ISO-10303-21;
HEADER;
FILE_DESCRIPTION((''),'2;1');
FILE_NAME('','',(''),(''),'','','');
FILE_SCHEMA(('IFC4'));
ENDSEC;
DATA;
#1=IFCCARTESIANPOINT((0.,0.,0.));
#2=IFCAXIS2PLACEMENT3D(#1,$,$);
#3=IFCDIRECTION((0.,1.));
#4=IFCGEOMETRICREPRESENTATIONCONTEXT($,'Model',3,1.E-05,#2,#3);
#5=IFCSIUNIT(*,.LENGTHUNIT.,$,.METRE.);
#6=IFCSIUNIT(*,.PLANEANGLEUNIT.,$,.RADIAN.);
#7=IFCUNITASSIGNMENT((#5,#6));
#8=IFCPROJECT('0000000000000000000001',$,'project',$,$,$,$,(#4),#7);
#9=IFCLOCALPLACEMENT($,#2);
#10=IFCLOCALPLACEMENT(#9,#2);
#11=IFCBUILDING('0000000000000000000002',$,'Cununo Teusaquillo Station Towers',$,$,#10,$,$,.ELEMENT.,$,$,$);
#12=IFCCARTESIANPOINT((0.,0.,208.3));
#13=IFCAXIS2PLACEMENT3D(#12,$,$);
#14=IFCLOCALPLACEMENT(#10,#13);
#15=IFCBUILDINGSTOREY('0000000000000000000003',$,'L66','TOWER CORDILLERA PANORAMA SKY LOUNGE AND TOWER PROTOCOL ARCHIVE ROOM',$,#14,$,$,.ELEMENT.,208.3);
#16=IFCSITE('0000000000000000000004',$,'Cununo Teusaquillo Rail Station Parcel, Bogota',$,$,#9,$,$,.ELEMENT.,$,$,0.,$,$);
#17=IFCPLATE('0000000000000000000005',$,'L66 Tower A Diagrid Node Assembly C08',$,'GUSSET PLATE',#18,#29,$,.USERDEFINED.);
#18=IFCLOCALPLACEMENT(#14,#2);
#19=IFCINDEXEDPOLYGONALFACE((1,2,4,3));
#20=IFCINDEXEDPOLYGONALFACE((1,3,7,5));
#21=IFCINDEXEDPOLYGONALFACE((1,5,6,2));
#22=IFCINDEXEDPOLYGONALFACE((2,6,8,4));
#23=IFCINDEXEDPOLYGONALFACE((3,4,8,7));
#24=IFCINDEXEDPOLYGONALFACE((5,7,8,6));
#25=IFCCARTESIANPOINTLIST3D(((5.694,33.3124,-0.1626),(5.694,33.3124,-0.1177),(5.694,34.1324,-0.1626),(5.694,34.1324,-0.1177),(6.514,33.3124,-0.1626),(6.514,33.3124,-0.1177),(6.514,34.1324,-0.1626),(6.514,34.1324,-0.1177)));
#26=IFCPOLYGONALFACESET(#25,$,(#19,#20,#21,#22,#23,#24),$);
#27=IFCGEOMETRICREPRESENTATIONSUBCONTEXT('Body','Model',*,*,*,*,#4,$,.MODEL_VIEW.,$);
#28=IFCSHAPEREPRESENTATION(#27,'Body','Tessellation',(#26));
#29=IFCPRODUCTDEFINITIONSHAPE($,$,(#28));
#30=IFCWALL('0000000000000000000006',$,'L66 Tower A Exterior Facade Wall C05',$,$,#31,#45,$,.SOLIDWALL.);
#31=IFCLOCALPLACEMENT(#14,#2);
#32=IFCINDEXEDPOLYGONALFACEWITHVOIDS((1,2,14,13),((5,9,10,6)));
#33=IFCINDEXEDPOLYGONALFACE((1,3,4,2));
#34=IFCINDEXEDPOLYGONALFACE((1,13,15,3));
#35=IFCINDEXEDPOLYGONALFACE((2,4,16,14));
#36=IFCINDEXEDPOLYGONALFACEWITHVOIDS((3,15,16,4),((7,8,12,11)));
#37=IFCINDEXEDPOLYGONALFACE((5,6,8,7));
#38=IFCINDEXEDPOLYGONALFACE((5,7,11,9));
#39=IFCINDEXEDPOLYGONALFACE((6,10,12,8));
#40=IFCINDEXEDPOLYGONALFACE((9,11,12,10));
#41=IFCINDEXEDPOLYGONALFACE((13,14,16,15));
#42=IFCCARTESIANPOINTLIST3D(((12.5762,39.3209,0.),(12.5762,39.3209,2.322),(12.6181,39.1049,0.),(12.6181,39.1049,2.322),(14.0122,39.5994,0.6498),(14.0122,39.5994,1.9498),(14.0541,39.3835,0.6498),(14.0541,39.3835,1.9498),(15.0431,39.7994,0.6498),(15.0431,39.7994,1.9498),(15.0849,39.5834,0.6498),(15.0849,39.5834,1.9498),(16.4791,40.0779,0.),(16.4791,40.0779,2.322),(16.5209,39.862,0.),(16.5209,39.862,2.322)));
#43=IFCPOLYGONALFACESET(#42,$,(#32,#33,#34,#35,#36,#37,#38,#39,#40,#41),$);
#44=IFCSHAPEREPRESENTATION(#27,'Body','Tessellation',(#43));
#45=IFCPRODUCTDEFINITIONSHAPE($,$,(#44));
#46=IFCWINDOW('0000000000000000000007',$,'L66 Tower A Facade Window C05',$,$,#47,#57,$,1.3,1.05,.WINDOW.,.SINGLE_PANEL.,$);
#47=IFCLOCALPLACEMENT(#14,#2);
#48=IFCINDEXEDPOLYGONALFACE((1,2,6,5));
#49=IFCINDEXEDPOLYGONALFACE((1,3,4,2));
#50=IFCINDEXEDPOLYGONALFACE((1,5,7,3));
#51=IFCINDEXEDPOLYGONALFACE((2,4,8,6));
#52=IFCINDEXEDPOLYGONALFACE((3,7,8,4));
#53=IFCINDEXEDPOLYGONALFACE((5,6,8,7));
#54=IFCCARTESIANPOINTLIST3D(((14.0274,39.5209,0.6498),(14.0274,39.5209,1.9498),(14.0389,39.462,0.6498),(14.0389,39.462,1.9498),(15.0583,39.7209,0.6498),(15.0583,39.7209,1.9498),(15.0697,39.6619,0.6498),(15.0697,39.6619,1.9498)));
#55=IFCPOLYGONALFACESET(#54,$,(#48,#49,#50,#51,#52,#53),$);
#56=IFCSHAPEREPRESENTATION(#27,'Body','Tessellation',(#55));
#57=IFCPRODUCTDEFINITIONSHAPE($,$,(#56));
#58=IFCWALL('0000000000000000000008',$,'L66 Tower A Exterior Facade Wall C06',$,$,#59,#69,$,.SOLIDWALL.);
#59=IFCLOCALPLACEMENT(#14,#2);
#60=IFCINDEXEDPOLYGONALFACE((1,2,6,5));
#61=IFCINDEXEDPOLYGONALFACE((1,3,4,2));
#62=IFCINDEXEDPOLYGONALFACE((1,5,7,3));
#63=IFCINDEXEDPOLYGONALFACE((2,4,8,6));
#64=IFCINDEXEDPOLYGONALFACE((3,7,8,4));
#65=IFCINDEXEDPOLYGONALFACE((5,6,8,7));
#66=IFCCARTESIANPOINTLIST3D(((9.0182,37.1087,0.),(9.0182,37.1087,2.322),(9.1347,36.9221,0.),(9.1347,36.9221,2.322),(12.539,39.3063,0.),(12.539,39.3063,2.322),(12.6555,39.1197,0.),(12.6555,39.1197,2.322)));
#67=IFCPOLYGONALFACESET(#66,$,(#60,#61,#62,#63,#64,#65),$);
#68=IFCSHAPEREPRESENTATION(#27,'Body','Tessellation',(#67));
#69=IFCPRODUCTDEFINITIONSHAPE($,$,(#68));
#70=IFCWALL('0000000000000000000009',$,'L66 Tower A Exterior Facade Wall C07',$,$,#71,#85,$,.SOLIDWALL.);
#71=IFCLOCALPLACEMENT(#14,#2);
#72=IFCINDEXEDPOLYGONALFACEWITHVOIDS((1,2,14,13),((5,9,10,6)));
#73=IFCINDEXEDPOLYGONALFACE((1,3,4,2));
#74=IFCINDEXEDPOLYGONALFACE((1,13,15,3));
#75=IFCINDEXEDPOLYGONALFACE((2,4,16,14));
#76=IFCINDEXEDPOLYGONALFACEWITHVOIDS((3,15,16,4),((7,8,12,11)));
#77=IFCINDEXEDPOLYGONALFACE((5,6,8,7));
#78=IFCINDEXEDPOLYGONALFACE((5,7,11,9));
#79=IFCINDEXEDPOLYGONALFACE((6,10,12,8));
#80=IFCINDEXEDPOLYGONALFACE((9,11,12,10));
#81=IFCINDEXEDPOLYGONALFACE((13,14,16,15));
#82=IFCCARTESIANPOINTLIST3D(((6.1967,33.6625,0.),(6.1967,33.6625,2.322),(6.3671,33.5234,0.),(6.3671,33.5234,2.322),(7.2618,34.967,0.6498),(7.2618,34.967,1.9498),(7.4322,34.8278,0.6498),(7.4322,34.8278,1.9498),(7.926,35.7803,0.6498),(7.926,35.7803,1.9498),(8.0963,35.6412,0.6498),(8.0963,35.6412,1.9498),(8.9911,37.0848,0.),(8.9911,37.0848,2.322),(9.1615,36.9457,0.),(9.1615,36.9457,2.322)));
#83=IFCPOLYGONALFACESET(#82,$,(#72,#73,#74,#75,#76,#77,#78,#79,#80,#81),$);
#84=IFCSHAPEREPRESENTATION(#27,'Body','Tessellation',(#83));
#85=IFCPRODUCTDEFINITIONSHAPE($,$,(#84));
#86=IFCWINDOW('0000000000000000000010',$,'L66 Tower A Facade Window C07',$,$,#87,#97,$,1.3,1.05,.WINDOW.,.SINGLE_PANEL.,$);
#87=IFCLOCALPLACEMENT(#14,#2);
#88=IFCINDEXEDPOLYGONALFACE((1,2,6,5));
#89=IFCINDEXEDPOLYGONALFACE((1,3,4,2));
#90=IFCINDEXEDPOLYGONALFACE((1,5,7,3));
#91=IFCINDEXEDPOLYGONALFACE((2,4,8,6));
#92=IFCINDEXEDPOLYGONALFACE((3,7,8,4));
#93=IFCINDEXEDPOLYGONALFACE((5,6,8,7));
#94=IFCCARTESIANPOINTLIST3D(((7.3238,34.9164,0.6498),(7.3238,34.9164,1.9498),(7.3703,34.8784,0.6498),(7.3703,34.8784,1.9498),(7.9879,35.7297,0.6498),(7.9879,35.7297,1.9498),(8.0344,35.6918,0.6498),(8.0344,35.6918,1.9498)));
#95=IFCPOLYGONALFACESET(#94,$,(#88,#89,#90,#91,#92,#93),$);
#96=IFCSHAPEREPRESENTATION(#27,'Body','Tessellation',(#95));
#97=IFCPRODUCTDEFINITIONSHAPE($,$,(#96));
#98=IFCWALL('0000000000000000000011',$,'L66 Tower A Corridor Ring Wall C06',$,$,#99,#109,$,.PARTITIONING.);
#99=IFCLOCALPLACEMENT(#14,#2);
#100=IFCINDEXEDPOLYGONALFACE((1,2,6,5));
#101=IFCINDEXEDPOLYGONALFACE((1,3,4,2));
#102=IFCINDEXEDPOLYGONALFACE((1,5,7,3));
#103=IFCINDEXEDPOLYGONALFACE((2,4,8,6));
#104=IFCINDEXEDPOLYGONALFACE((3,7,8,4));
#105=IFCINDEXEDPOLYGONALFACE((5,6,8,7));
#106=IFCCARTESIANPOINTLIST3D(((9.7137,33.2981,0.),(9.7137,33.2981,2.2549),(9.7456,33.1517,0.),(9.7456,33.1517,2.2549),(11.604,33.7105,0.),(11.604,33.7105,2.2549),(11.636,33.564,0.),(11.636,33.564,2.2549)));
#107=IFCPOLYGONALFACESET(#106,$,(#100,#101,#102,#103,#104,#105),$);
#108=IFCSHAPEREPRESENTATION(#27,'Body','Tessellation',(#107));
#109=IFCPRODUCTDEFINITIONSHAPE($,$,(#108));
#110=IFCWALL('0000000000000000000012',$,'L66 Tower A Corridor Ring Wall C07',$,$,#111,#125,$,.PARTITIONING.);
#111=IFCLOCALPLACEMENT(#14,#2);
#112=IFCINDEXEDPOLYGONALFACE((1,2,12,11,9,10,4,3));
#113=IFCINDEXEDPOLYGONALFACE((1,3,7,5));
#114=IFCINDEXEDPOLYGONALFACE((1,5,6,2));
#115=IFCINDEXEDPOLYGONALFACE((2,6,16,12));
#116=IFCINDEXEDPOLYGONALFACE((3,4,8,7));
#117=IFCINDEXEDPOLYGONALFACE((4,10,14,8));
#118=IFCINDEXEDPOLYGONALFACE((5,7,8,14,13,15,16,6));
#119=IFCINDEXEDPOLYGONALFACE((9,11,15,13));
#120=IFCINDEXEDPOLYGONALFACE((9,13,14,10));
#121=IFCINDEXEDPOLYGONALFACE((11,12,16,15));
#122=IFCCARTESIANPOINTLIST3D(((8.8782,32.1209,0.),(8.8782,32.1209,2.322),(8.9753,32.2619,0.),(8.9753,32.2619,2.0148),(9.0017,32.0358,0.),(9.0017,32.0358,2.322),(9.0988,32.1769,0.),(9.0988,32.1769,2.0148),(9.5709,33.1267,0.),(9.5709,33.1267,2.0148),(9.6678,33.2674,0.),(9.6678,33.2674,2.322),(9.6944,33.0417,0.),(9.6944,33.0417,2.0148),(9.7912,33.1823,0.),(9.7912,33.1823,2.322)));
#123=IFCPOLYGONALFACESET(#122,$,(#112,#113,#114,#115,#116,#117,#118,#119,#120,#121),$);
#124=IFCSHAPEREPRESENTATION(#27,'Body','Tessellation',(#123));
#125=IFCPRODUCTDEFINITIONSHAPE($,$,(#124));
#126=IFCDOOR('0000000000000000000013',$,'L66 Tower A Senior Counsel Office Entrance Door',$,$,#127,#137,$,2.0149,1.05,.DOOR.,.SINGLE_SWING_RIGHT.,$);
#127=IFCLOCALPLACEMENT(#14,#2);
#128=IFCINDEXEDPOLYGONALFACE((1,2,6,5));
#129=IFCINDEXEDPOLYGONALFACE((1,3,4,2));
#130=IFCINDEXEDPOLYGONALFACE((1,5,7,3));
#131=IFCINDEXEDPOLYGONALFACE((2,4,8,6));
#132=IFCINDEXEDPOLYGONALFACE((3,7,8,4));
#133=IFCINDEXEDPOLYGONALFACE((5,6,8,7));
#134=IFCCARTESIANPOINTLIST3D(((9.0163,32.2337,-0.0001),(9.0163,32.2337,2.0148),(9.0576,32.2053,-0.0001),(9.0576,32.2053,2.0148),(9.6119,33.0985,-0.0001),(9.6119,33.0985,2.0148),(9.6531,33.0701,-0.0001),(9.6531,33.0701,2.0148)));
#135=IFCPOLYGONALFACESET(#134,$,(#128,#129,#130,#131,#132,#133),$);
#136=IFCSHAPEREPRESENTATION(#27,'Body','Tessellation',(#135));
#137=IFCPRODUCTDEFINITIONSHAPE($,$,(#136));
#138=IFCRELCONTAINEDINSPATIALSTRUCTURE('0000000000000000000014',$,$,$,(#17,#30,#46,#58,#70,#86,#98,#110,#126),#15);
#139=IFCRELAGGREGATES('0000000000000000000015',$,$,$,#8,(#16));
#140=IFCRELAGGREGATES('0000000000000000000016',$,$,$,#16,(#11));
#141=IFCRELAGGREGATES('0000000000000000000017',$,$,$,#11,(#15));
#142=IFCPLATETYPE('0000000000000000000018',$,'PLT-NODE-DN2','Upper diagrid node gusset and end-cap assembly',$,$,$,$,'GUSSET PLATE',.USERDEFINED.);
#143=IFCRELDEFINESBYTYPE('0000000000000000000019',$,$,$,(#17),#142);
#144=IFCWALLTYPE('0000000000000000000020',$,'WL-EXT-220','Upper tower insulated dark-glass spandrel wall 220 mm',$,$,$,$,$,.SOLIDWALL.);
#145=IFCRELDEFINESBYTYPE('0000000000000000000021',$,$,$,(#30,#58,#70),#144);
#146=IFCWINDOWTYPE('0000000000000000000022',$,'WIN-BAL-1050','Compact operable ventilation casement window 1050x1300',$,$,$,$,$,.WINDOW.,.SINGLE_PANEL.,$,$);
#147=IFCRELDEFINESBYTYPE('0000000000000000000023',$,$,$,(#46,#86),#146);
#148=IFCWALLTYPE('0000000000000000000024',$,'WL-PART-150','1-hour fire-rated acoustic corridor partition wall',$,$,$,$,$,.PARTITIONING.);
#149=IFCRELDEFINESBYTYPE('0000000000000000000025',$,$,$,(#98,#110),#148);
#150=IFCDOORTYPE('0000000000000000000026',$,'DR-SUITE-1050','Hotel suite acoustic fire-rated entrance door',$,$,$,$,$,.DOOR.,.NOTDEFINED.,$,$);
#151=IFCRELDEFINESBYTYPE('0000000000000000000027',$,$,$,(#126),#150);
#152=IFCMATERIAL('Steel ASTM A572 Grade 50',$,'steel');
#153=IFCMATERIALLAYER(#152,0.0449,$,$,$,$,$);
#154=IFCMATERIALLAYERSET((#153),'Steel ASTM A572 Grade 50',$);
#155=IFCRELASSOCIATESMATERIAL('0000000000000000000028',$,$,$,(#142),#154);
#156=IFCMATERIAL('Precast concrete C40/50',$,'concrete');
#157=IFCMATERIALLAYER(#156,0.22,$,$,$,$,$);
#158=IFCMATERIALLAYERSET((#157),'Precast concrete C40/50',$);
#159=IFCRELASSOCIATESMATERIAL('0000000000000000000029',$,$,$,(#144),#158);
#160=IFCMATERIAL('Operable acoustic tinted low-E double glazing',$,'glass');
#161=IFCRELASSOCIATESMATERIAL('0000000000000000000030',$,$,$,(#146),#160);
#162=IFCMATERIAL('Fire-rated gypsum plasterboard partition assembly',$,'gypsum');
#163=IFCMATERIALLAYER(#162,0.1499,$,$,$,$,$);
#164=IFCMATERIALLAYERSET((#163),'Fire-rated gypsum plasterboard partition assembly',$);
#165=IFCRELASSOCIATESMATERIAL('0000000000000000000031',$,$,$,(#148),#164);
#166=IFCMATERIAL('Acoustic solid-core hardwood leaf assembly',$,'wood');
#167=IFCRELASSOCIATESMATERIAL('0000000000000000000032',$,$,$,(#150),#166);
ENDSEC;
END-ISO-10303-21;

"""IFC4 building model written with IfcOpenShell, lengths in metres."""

from ifc_helpers import new_model, si_unit, direction, frame, frame_2d, origin, origin_2d, place, context, subcontext, project, spatial, rectangle, extrude, source, transform, mapped, material, layer, layer_set, type_object, element, fill, save


model = new_model("IFC4")

# Units and contexts
model_context = context("Model", 3, precision=1e-05, world=origin(), true_north=direction((0.0, 1.0)))
body_context = subcontext(model_context, "Body", "Model", "MODEL_VIEW")
ifc_project = project(units=[si_unit("LENGTHUNIT", "METRE"), si_unit("PLANEANGLEUNIT", "RADIAN")], contexts=[model_context])

# Site, building, storey
site_placement = place(None, origin())
site = spatial("IfcSite", under=ifc_project, at=site_placement, Name="Cununo Teusaquillo Rail Station Parcel, Bogota", CompositionType="ELEMENT", RefElevation=0.0)
building_placement = place(site_placement, origin())
building = spatial("IfcBuilding", under=site, at=building_placement, Name="Cununo Teusaquillo Station Towers", CompositionType="ELEMENT")
storey_placement = place(building_placement, frame((0.0, 0.0, 208.3)))
storey = spatial("IfcBuildingStorey", under=building, at=storey_placement, Name="L66", Description="TOWER CORDILLERA PANORAMA SKY LOUNGE AND TOWER PROTOCOL ARCHIVE ROOM", CompositionType="ELEMENT", Elevation=208.3)

# Plate
ifc_material_1 = material(Name="Steel ASTM A572 Grade 50", Category="steel")
ifc_layer_1 = layer(ifc_material_1, 0.0449)
ifc_layer_set_1 = layer_set([ifc_layer_1], Name="Steel ASTM A572 Grade 50")
plate_type = type_object("IfcPlateType", Name="PLT-NODE-DN2", Description="Upper diagrid node gusset and end-cap assembly", ElementType="GUSSET PLATE", PredefinedType="USERDEFINED", material=ifc_layer_set_1)
shared_shape_1 = source(origin(), body_context, "Body", "SweptSolid", [
    extrude(rectangle(XDim=0.8201, YDim=0.8201, at=origin_2d()), origin(), (0.0, 0.0, 1.0), 0.0449),
])
for number, where, z_axis, x_axis, name in (
    (1, (6.104, 33.7224, -0.1626), (0.0, 0.0, 1.0), (1.0, 0.0, 0.0), "L66 Tower A Diagrid Node Assembly C08"),
):
    element("IfcPlate", number, at=place(storey_placement, frame(where, z_axis=z_axis, x_axis=x_axis)), inside=storey, type_object=plate_type, Name=name, ObjectType="GUSSET PLATE", PredefinedType="USERDEFINED", context=body_context, shape_type="MappedRepresentation", body=[
        mapped(shared_shape_1, transform((0.0, 0.0, 0.0), x_axis=(1.0, 0.0, 0.0), y_axis=(0.0, 1.0, 0.0), z_axis=(0.0, 0.0, 1.0), scale=1.0)),
    ])

# Wall, opening, window
ifc_material_2 = material(Name="Precast concrete C40/50", Category="concrete")
ifc_layer_2 = layer(ifc_material_2, 0.22)
ifc_layer_set_2 = layer_set([ifc_layer_2], Name="Precast concrete C40/50")
wall_type_1 = type_object("IfcWallType", Name="WL-EXT-220", Description="Upper tower insulated dark-glass spandrel wall 220 mm", PredefinedType="SOLIDWALL", material=ifc_layer_set_2)
wall_1_placement = place(storey_placement, frame((12.5972, 39.2129, 0.0), z_axis=(0.0, 0.0, 1.0), x_axis=(0.9817, 0.190432, 0.0)))
wall_1 = element("IfcWall", 2, at=wall_1_placement, inside=storey, type_object=wall_type_1, Name="L66 Tower A Exterior Facade Wall C05", PredefinedType="SOLIDWALL", context=body_context, shape_type="SweptSolid", body=[
    extrude(rectangle(XDim=3.9756, YDim=0.22, at=frame_2d((1.9878, 0.0))), origin(), (0.0, 0.0, 1.0), 2.322),
])
shared_shape_2 = source(origin(), body_context, "Body", "SweptSolid", [
    extrude(rectangle(XDim=1.05, YDim=1.3, at=frame_2d((0.5249, 0.6499))), frame((0.0, 0.1199, 0.0), z_axis=(0.0, -1.0, 0.0), x_axis=(1.0, 0.0, 0.0)), (0.0, 0.0, 1.0), 0.24),
])
opening_1_placement = place(wall_1_placement, frame((1.4629, 0.0, 0.6499)))
opening_1 = element("IfcOpeningElement", 3, at=opening_1_placement, cuts=wall_1, PredefinedType="OPENING", context=body_context, shape_type="MappedRepresentation", body=[
    mapped(shared_shape_2, transform((0.0, 0.0, 0.0), x_axis=(1.0, 0.0, 0.0), y_axis=(0.0, 1.0, 0.0), z_axis=(0.0, 0.0, 1.0), scale=1.0)),
])
ifc_material_3 = material(Name="Operable acoustic tinted low-E double glazing", Category="glass")
window_type = type_object("IfcWindowType", Name="WIN-BAL-1050", Description="Compact operable ventilation casement window 1050x1300", PartitioningType="SINGLE_PANEL", PredefinedType="WINDOW", material=ifc_material_3)
shared_shape_3 = source(origin(), body_context, "Body", "SweptSolid", [
    extrude(rectangle(XDim=1.05, YDim=1.3, at=frame_2d((0.5249, 0.6499))), frame((0.0, 0.03, 0.0), z_axis=(0.0, -1.0, 0.0), x_axis=(1.0, 0.0, 0.0)), (0.0, 0.0, 1.0), 0.0601),
])
window_1_placement = place(opening_1_placement, origin())
window_1 = element("IfcWindow", 4, at=window_1_placement, inside=storey, type_object=window_type, Name="L66 Tower A Facade Window C05", OverallHeight=1.3, OverallWidth=1.05, PartitioningType="SINGLE_PANEL", PredefinedType="WINDOW", context=body_context, shape_type="MappedRepresentation", body=[
    mapped(shared_shape_3, transform((0.0, 0.0, 0.0), x_axis=(1.0, 0.0, 0.0), y_axis=(0.0, 1.0, 0.0), z_axis=(0.0, 0.0, 1.0), scale=1.0)),
])
fill(opening_1, window_1)

# Wall
wall_2_placement = place(storey_placement, frame((9.0764, 37.0154, 0.0), z_axis=(0.0, 0.0, 1.0), x_axis=(0.848319, 0.529486, 0.0)))
element("IfcWall", 5, at=wall_2_placement, inside=storey, type_object=wall_type_1, Name="L66 Tower A Exterior Facade Wall C06", PredefinedType="SOLIDWALL", context=body_context, shape_type="SweptSolid", body=[
    extrude(rectangle(XDim=4.1504, YDim=0.22, at=frame_2d((2.0752, 0.0))), origin(), (0.0, 0.0, 1.0), 2.322),
])

# Wall, opening, window
wall_3_placement = place(storey_placement, frame((6.282, 33.593, 0.0), z_axis=(0.0, 0.0, 1.0), x_axis=(0.632467, 0.774587, 0.0)))
wall_3 = element("IfcWall", 6, at=wall_3_placement, inside=storey, type_object=wall_type_1, Name="L66 Tower A Exterior Facade Wall C07", PredefinedType="SOLIDWALL", context=body_context, shape_type="SweptSolid", body=[
    extrude(rectangle(XDim=4.4182, YDim=0.22, at=frame_2d((2.209, 0.0))), origin(), (0.0, 0.0, 1.0), 2.322),
])
opening_2_placement = place(wall_3_placement, frame((1.6841, 0.0, 0.6499)))
opening_2 = element("IfcOpeningElement", 7, at=opening_2_placement, cuts=wall_3, PredefinedType="OPENING", context=body_context, shape_type="MappedRepresentation", body=[
    mapped(shared_shape_2, transform((0.0, 0.0, 0.0), x_axis=(1.0, 0.0, 0.0), y_axis=(0.0, 1.0, 0.0), z_axis=(0.0, 0.0, 1.0), scale=1.0)),
])
window_2_placement = place(opening_2_placement, origin())
window_2 = element("IfcWindow", 8, at=window_2_placement, inside=storey, type_object=window_type, Name="L66 Tower A Facade Window C07", OverallHeight=1.3, OverallWidth=1.05, PartitioningType="SINGLE_PANEL", PredefinedType="WINDOW", context=body_context, shape_type="MappedRepresentation", body=[
    mapped(shared_shape_3, transform((0.0, 0.0, 0.0), x_axis=(1.0, 0.0, 0.0), y_axis=(0.0, 1.0, 0.0), z_axis=(0.0, 0.0, 1.0), scale=1.0)),
])
fill(opening_2, window_2)

# Wall
ifc_material_4 = material(Name="Fire-rated gypsum plasterboard partition assembly", Category="gypsum")
ifc_layer_3 = layer(ifc_material_4, 0.1499)
ifc_layer_set_3 = layer_set([ifc_layer_3], Name="Fire-rated gypsum plasterboard partition assembly")
wall_type_2 = type_object("IfcWallType", Name="WL-PART-150", Description="1-hour fire-rated acoustic corridor partition wall", PredefinedType="PARTITIONING", material=ifc_layer_set_3)
wall_4_placement = place(storey_placement, frame((11.6199, 33.6372, 0.0), z_axis=(0.0, 0.0, 1.0), x_axis=(-0.977026, -0.213121, 0.0)))
element("IfcWall", 9, at=wall_4_placement, inside=storey, type_object=wall_type_2, Name="L66 Tower A Corridor Ring Wall C06", PredefinedType="PARTITIONING", context=body_context, shape_type="SweptSolid", body=[
    extrude(rectangle(XDim=1.9348, YDim=0.1499, at=frame_2d((0.9673, 0.0))), origin(), (0.0, 0.0, 1.0), 2.2549),
])

# Wall, opening, door
wall_5_placement = place(storey_placement, frame((9.7295, 33.2249, 0.0), z_axis=(0.0, 0.0, 1.0), x_axis=(-0.567184, -0.823591, 0.0)))
wall_5 = element("IfcWall", 10, at=wall_5_placement, inside=storey, type_object=wall_type_2, Name="L66 Tower A Corridor Ring Wall C07", PredefinedType="PARTITIONING", context=body_context, shape_type="SweptSolid", body=[
    extrude(rectangle(XDim=1.3921, YDim=0.1499, at=frame_2d((0.696, 0.0))), origin(), (0.0, 0.0, 1.0), 2.322),
])
shared_shape_4 = source(origin(), body_context, "Body", "SweptSolid", [
    extrude(rectangle(XDim=1.05, YDim=2.0149, at=frame_2d((0.5249, 1.0073))), frame((0.0, 0.085, 0.0), z_axis=(0.0, -1.0, 0.0), x_axis=(1.0, 0.0, 0.0)), (0.0, 0.0, 1.0), 0.1699),
])
opening_3_placement = place(wall_5_placement, frame((0.1709, 0.0, 0.0)))
opening_3 = element("IfcOpeningElement", 11, at=opening_3_placement, cuts=wall_5, PredefinedType="OPENING", context=body_context, shape_type="MappedRepresentation", body=[
    mapped(shared_shape_4, transform((0.0, 0.0, 0.0), x_axis=(1.0, 0.0, 0.0), y_axis=(0.0, 1.0, 0.0), z_axis=(0.0, 0.0, 1.0), scale=1.0)),
])
ifc_material_5 = material(Name="Acoustic solid-core hardwood leaf assembly", Category="wood")
door_type = type_object("IfcDoorType", Name="DR-SUITE-1050", Description="Hotel suite acoustic fire-rated entrance door", OperationType="NOTDEFINED", PredefinedType="DOOR", material=ifc_material_5)
shared_shape_5 = source(origin(), body_context, "Body", "SweptSolid", [
    extrude(rectangle(XDim=1.05, YDim=2.0149, at=frame_2d((0.5249, 1.0073))), frame((0.0, 0.0249, 0.0), z_axis=(0.0, -1.0, 0.0), x_axis=(1.0, 0.0, 0.0)), (0.0, 0.0, 1.0), 0.05),
])
door_1_placement = place(opening_3_placement, origin())
door_1 = element("IfcDoor", 12, at=door_1_placement, inside=storey, type_object=door_type, Name="L66 Tower A Senior Counsel Office Entrance Door", OperationType="SINGLE_SWING_RIGHT", OverallHeight=2.0149, OverallWidth=1.05, PredefinedType="DOOR", context=body_context, shape_type="MappedRepresentation", body=[
    mapped(shared_shape_5, transform((0.0, 0.0, 0.0), x_axis=(1.0, 0.0, 0.0), y_axis=(0.0, 1.0, 0.0), z_axis=(0.0, 0.0, 1.0), scale=1.0)),
])
fill(opening_3, door_1)

save(model, "model.ifc")
